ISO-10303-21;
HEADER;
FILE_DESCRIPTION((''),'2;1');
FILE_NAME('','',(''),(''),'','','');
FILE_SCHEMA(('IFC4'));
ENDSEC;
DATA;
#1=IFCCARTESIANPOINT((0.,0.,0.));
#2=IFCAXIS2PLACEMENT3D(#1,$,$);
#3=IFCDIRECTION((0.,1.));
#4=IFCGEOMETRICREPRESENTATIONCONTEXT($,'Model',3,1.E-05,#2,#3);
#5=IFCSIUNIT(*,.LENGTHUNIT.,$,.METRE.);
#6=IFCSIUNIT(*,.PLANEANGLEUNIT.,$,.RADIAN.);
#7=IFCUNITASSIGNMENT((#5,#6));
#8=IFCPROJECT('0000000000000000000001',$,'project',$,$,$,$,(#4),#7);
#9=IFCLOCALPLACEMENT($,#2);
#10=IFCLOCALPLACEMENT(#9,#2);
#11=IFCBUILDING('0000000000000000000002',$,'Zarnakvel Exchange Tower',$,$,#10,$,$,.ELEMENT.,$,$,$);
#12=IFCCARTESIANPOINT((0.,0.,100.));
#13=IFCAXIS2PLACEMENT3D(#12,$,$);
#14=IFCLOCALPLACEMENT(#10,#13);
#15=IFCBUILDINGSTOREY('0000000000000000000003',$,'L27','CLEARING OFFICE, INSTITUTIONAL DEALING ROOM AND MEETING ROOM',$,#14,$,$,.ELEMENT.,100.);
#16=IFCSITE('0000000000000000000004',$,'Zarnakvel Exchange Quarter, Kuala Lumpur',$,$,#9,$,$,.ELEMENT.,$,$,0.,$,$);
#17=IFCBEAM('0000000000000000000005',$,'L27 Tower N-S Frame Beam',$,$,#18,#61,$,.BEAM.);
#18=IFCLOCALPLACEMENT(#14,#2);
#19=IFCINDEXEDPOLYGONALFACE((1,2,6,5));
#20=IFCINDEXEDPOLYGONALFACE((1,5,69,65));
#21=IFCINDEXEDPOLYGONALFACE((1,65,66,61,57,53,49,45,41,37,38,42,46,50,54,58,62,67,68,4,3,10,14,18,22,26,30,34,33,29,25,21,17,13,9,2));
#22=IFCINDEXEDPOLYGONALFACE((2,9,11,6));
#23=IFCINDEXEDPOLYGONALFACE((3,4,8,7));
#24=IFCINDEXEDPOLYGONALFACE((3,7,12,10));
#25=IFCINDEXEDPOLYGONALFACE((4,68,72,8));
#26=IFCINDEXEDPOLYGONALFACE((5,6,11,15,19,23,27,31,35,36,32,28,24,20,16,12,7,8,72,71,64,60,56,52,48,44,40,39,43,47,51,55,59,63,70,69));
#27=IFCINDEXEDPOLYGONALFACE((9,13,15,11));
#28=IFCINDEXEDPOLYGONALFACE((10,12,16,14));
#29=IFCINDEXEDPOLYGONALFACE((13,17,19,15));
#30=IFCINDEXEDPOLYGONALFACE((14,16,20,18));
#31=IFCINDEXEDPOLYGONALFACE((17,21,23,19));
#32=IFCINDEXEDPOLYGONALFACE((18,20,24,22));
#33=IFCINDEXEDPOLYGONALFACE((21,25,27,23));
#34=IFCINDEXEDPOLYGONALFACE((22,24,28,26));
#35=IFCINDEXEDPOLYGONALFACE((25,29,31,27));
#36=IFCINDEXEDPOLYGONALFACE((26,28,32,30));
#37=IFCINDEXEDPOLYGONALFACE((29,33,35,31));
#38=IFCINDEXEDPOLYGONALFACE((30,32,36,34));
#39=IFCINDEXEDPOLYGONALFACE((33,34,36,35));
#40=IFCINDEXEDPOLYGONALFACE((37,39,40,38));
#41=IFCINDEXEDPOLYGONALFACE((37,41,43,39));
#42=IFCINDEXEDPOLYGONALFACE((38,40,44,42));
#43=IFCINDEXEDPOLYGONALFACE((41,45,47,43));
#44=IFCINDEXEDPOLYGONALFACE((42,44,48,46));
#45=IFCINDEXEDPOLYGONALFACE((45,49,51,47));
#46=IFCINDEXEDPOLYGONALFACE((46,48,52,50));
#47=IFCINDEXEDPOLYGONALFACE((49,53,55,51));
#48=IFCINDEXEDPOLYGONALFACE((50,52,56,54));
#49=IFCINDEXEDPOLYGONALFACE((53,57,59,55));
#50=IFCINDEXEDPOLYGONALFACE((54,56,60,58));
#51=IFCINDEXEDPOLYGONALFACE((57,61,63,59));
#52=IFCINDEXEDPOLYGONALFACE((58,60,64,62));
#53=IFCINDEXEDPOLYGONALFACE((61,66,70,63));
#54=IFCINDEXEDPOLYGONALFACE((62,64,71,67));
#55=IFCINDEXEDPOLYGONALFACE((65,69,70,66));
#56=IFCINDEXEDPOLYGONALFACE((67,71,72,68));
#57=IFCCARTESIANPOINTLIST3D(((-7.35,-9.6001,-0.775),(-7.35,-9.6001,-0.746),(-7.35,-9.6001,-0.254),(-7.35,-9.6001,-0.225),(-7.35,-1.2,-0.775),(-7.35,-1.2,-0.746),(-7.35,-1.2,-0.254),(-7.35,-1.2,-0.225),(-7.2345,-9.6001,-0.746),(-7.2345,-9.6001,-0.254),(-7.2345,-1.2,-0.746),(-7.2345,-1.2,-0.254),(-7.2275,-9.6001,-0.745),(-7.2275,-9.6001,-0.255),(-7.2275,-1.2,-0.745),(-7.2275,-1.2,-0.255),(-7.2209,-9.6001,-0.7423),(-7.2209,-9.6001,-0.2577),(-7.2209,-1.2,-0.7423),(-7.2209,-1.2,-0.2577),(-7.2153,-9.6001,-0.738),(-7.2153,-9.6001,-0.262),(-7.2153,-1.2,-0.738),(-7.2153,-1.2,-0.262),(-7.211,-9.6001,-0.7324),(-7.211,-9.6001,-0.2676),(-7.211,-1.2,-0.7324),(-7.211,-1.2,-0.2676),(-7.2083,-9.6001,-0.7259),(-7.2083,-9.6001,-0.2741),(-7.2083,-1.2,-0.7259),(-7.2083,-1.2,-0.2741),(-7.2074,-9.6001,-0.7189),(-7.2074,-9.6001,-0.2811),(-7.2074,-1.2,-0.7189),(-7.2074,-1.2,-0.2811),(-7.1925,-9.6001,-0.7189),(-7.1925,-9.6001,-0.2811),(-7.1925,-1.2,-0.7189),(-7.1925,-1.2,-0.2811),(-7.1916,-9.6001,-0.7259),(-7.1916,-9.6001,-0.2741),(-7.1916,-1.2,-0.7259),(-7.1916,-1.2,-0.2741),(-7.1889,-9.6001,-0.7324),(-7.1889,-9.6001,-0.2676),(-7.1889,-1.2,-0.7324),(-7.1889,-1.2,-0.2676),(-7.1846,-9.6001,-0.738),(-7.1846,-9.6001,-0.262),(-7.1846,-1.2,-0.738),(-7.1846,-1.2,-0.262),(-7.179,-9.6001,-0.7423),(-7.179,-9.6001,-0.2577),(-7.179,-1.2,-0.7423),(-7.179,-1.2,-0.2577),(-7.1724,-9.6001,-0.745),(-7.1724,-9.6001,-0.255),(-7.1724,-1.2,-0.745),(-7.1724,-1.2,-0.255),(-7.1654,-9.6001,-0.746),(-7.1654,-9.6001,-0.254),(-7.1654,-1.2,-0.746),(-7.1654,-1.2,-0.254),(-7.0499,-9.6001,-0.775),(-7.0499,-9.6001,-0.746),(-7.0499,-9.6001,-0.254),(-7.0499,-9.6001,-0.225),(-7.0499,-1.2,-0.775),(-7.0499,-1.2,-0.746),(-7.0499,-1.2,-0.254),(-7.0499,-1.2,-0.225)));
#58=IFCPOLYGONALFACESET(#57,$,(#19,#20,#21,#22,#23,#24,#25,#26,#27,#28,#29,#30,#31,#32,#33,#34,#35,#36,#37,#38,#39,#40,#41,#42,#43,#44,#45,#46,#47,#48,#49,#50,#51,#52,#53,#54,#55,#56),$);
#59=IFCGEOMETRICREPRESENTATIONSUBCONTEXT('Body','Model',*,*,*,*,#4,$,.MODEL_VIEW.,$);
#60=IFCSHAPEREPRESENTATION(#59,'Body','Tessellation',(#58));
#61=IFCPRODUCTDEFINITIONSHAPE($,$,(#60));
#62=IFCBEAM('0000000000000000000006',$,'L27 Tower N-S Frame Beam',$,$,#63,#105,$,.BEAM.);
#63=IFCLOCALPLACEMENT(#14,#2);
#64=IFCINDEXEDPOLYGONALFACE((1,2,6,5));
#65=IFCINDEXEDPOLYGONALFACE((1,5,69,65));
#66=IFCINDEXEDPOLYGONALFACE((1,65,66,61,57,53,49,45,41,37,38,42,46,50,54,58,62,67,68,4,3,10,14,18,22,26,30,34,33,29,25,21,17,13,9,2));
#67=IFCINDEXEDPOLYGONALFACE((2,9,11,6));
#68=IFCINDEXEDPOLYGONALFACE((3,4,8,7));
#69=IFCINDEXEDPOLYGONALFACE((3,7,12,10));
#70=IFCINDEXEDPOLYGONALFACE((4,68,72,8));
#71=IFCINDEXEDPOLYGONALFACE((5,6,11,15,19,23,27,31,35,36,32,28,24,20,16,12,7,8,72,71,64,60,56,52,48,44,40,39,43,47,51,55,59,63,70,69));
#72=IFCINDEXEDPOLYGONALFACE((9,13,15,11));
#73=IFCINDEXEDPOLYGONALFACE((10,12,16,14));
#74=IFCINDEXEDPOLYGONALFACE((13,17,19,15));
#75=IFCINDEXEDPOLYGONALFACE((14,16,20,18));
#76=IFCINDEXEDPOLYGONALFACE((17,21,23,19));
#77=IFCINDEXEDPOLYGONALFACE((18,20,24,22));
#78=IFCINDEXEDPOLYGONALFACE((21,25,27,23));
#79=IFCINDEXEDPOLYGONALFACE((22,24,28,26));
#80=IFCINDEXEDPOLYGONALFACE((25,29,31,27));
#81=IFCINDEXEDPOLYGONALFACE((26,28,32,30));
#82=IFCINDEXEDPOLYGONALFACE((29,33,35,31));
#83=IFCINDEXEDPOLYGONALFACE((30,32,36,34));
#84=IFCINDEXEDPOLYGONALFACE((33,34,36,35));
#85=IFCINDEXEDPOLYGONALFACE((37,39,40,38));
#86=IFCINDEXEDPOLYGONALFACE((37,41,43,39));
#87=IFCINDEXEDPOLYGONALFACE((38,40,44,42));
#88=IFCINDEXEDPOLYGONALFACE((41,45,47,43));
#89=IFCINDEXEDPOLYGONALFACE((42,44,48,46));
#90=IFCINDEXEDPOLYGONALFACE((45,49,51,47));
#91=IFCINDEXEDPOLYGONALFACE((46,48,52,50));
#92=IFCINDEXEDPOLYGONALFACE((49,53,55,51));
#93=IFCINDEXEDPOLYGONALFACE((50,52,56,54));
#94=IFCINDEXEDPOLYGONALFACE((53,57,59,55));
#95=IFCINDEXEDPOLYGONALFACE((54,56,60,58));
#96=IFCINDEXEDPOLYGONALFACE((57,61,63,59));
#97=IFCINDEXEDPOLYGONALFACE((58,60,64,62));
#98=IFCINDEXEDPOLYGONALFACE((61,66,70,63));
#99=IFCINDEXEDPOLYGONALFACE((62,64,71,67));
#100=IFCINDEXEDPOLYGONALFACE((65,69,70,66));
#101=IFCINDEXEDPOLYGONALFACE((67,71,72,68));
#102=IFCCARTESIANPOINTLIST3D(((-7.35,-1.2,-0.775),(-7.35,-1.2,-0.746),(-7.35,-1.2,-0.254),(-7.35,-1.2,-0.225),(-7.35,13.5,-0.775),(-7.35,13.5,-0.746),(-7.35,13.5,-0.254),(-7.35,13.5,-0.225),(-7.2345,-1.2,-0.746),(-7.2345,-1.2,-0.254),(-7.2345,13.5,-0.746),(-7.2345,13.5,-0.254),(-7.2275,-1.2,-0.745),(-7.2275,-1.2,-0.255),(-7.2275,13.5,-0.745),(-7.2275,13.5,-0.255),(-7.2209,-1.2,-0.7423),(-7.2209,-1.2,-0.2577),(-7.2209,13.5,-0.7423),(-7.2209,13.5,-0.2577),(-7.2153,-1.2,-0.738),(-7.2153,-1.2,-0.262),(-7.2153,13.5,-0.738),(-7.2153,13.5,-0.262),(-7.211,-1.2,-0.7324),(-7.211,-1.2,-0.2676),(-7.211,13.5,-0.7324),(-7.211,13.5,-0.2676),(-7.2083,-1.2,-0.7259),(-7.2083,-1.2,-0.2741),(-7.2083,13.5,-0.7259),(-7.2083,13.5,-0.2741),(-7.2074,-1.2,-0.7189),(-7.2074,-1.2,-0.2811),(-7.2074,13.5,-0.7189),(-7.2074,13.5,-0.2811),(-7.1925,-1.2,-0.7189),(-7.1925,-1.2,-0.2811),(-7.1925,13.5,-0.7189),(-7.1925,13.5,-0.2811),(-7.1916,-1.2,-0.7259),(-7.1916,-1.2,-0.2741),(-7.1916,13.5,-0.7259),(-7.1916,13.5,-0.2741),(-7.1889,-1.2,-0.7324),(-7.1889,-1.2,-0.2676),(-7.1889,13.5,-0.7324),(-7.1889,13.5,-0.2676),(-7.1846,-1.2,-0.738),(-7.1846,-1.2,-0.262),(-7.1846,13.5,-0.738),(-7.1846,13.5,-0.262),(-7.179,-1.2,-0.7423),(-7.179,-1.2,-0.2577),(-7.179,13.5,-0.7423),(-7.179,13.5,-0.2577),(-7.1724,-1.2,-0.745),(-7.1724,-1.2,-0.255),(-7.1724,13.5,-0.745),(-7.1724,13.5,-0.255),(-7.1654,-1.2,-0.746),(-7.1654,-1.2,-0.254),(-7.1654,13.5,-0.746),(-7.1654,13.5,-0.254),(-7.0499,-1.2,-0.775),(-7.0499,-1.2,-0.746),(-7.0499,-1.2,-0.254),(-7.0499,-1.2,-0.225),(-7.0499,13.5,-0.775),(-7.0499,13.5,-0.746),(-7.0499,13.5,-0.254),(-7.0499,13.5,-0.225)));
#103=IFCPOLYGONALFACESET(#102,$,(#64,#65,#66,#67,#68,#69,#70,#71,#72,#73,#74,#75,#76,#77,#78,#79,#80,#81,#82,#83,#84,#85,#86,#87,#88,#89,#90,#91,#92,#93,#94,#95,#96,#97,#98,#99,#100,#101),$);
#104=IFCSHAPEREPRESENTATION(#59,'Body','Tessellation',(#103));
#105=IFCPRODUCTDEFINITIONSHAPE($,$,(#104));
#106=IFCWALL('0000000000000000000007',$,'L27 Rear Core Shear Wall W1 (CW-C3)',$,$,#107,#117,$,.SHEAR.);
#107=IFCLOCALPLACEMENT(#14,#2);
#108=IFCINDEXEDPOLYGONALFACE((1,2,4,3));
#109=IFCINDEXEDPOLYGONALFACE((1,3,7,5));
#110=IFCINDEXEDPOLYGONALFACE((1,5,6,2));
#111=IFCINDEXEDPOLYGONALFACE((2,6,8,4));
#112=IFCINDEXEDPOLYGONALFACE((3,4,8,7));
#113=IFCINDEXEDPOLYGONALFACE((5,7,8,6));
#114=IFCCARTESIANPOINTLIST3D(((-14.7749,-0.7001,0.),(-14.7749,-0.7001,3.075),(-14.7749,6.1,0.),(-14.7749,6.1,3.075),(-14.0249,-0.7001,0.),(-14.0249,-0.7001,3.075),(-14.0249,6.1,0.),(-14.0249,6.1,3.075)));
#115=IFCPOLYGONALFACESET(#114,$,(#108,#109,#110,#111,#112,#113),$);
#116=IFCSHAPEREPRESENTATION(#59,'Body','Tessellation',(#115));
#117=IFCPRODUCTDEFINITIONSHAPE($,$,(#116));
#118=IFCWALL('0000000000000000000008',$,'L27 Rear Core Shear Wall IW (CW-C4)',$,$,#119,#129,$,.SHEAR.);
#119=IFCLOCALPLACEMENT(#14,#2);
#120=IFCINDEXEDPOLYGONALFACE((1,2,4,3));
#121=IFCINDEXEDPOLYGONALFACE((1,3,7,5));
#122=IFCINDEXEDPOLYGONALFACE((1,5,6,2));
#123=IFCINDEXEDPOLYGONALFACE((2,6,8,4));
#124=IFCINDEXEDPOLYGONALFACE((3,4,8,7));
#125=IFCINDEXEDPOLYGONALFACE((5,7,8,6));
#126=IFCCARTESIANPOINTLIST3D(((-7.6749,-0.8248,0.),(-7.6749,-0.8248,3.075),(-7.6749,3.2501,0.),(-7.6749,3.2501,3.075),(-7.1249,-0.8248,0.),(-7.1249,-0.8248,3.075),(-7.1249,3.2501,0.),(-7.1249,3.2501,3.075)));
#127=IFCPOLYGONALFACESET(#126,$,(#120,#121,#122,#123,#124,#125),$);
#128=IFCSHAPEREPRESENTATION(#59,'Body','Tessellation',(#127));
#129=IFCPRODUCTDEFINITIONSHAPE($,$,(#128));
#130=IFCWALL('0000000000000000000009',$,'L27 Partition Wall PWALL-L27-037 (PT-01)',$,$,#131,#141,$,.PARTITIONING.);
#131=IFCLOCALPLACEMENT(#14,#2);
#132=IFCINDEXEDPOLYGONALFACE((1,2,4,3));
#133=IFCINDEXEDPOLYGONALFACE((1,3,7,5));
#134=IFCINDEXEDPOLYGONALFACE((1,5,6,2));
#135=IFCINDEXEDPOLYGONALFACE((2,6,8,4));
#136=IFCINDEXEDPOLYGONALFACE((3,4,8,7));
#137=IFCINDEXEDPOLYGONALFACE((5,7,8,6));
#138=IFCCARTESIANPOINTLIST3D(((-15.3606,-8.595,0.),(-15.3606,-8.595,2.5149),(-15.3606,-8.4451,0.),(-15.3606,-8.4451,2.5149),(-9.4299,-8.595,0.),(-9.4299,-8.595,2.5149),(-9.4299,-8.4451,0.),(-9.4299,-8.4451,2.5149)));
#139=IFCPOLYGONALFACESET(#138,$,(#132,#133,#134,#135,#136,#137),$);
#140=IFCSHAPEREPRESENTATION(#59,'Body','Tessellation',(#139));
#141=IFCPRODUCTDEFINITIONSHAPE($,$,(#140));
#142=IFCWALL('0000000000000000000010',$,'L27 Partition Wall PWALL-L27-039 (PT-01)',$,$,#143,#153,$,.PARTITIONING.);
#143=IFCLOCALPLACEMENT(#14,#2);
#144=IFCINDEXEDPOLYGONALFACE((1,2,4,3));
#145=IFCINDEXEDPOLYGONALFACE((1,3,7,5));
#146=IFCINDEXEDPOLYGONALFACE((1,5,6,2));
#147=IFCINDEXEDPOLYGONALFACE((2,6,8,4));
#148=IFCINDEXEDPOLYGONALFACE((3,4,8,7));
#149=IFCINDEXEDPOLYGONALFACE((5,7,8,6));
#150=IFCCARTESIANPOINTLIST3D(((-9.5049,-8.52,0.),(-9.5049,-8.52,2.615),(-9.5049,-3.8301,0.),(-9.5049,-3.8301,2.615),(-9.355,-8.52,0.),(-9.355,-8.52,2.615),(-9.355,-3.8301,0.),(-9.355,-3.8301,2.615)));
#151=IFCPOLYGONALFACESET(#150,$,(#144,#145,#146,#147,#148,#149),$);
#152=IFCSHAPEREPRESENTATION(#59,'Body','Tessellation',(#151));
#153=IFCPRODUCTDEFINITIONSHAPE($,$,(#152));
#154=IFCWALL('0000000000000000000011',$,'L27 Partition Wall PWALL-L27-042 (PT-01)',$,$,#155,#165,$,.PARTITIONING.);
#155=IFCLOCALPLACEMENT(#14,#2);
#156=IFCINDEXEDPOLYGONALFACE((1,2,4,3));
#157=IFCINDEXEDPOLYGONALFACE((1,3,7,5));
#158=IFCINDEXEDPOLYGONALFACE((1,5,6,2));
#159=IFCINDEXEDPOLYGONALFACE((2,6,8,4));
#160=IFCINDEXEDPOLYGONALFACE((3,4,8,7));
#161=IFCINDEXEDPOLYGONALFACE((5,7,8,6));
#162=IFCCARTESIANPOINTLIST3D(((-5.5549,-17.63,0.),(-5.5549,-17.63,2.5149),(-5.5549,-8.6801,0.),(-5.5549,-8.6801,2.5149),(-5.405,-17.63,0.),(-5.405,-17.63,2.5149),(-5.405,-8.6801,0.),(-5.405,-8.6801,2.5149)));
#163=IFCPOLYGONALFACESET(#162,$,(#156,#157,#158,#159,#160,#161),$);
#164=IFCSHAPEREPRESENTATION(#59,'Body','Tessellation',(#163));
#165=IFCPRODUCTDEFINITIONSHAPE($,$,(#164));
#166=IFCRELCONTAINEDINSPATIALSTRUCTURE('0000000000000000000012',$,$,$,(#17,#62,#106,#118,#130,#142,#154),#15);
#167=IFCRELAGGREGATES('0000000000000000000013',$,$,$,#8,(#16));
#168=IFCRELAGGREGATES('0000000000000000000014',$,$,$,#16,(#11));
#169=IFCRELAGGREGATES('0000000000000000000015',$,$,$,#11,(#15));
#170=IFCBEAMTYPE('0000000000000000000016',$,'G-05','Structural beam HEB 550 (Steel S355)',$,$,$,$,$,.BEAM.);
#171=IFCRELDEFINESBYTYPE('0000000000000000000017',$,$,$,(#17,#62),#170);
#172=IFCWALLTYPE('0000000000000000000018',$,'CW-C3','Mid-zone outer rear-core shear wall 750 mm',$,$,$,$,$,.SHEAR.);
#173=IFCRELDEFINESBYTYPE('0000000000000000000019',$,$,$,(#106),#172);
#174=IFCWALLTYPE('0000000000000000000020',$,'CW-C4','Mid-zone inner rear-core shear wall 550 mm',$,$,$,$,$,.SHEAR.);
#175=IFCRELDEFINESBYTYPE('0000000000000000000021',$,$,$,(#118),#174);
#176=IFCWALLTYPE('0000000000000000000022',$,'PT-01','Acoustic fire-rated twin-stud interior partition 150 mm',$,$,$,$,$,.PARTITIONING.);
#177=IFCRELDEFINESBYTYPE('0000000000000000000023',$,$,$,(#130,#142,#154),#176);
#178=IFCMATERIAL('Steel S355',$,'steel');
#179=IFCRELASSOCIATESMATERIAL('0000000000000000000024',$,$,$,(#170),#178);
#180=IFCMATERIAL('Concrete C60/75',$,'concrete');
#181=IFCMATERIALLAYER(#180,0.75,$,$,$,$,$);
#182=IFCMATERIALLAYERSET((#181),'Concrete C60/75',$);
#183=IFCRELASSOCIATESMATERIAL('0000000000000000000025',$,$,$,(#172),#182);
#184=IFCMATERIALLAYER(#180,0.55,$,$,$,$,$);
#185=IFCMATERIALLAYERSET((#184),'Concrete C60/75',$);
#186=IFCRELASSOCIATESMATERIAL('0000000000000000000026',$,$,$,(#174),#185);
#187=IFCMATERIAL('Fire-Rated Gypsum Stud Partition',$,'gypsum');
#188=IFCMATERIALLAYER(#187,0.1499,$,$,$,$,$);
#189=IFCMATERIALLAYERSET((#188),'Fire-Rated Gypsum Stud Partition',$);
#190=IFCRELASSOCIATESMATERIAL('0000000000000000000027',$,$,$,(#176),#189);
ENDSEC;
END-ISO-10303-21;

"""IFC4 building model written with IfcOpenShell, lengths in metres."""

from ifc_helpers import new_model, si_unit, direction, frame, frame_2d, origin, origin_2d, place, context, subcontext, project, spatial, rectangle, i_section, extrude, material, layer, layer_set, material_profile, profile_set, type_object, element, save


model = new_model("IFC4")

# Units and contexts
model_context = context("Model", 3, precision=1e-05, world=origin(), true_north=direction((0.0, 1.0)))
body_context = subcontext(model_context, "Body", "Model", "MODEL_VIEW")
ifc_project = project(units=[si_unit("LENGTHUNIT", "METRE"), si_unit("PLANEANGLEUNIT", "RADIAN")], contexts=[model_context])

# Site, building, storey
site_placement = place(None, origin())
site = spatial("IfcSite", under=ifc_project, at=site_placement, Name="Zarnakvel Exchange Quarter, Kuala Lumpur", CompositionType="ELEMENT", RefElevation=0.0)
building_placement = place(site_placement, origin())
building = spatial("IfcBuilding", under=site, at=building_placement, Name="Zarnakvel Exchange Tower", CompositionType="ELEMENT")
storey_placement = place(building_placement, frame((0.0, 0.0, 100.0)))
storey = spatial("IfcBuildingStorey", under=building, at=storey_placement, Name="L27", Description="CLEARING OFFICE, INSTITUTIONAL DEALING ROOM AND MEETING ROOM", CompositionType="ELEMENT", Elevation=100.0)

# Shared definitions
ifc_material_1 = material(Name="Concrete C60/75", Category="concrete")

# Beams
ifc_material_2 = material(Name="Steel S355", Category="steel")
ifc_material_profile_1 = material_profile(ifc_material_2, i_section(OverallWidth=0.3, OverallDepth=0.55, WebThickness=0.0149, FlangeThickness=0.0291, FilletRadius=0.0271, at=origin_2d()))
ifc_profile_set_1 = profile_set([ifc_material_profile_1], Name="Steel S355")
beam_type_1 = type_object("IfcBeamType", Name="G-05", Description="Structural beam HEB 550 (Steel S355)", PredefinedType="BEAM", material=ifc_profile_set_1)
for number, where, z_axis, x_axis, name in (
    (1, (-7.2, -9.6001, -0.5), (0.0, 1.0, 0.0), (-1.0, 0.0, 0.0), "L27 Tower N-S Frame Beam"),
):
    element("IfcBeam", number, at=place(storey_placement, frame(where, z_axis=z_axis, x_axis=x_axis)), inside=storey, type_object=beam_type_1, Name=name, PredefinedType="BEAM", context=body_context, shape_type="SweptSolid", body=[
        extrude(i_section(OverallWidth=0.3, OverallDepth=0.55, WebThickness=0.0149, FlangeThickness=0.0291, FilletRadius=0.0271, at=origin_2d()), origin(), (0.0, 0.0, 1.0), 8.4001),
    ])
beam_1_placement = place(storey_placement, frame((-7.2, -1.2, -0.5), z_axis=(0.0, 1.0, 0.0), x_axis=(-1.0, 0.0, 0.0)))
element("IfcBeam", 2, at=beam_1_placement, inside=storey, type_object=beam_type_1, Name="L27 Tower N-S Frame Beam", PredefinedType="BEAM", context=body_context, shape_type="SweptSolid", body=[
    extrude(i_section(OverallWidth=0.3, OverallDepth=0.55, WebThickness=0.0149, FlangeThickness=0.0291, FilletRadius=0.0271, at=origin_2d()), origin(), (0.0, 0.0, 1.0), 14.7),
])

# Wall
ifc_layer_1 = layer(ifc_material_1, 0.75)
ifc_layer_set_1 = layer_set([ifc_layer_1], Name="Concrete C60/75")
wall_type_1 = type_object("IfcWallType", Name="CW-C3", Description="Mid-zone outer rear-core shear wall 750 mm", PredefinedType="SHEAR", material=ifc_layer_set_1)
wall_1_placement = place(storey_placement, frame((-14.3999, -0.7, 0.0), z_axis=(0.0, 0.0, 1.0), x_axis=(0.0, 1.0, 0.0)))
element("IfcWall", 3, at=wall_1_placement, inside=storey, type_object=wall_type_1, Name="L27 Rear Core Shear Wall W1 (CW-C3)", PredefinedType="SHEAR", context=body_context, shape_type="SweptSolid", body=[
    extrude(rectangle(XDim=6.8, YDim=0.75, at=frame_2d((3.3999, 0.0))), origin(), (0.0, 0.0, 1.0), 3.075),
])

# Walls
ifc_layer_2 = layer(ifc_material_1, 0.55)
ifc_layer_set_2 = layer_set([ifc_layer_2], Name="Concrete C60/75")
wall_type_2 = type_object("IfcWallType", Name="CW-C4", Description="Mid-zone inner rear-core shear wall 550 mm", PredefinedType="SHEAR", material=ifc_layer_set_2)
wall_2_placement = place(storey_placement, frame((-7.3999, -0.825, 0.0), z_axis=(0.0, 0.0, 1.0), x_axis=(0.0, 1.0, 0.0)))
element("IfcWall", 4, at=wall_2_placement, inside=storey, type_object=wall_type_2, Name="L27 Rear Core Shear Wall IW (CW-C4)", PredefinedType="SHEAR", context=body_context, shape_type="SweptSolid", body=[
    extrude(rectangle(XDim=4.075, YDim=0.55, at=frame_2d((2.0376, 0.0))), origin(), (0.0, 0.0, 1.0), 3.075),
])
ifc_material_3 = material(Name="Fire-Rated Gypsum Stud Partition", Category="gypsum")
ifc_layer_3 = layer(ifc_material_3, 0.1499)
ifc_layer_set_3 = layer_set([ifc_layer_3], Name="Fire-Rated Gypsum Stud Partition")
wall_type_3 = type_object("IfcWallType", Name="PT-01", Description="Acoustic fire-rated twin-stud interior partition 150 mm", PredefinedType="PARTITIONING", material=ifc_layer_set_3)
wall_3_placement = place(storey_placement, frame((-9.4299, -8.52, 0.0), z_axis=(0.0, 0.0, 1.0), x_axis=(-1.0, 0.0, 0.0)))
element("IfcWall", 5, at=wall_3_placement, inside=storey, type_object=wall_type_3, Name="L27 Partition Wall PWALL-L27-037 (PT-01)", PredefinedType="PARTITIONING", context=body_context, shape_type="SweptSolid", body=[
    extrude(rectangle(XDim=5.9307, YDim=0.1499, at=frame_2d((2.9653, 0.0))), origin(), (0.0, 0.0, 1.0), 2.5149),
])

# Walls
wall_4_placement = place(storey_placement, frame((-9.4299, -3.8301, 0.0), z_axis=(0.0, 0.0, 1.0), x_axis=(0.0, -1.0, 0.0)))
element("IfcWall", 6, at=wall_4_placement, inside=storey, type_object=wall_type_3, Name="L27 Partition Wall PWALL-L27-039 (PT-01)", PredefinedType="PARTITIONING", context=body_context, shape_type="SweptSolid", body=[
    extrude(rectangle(XDim=4.6899, YDim=0.1499, at=frame_2d((2.345, 0.0))), origin(), (0.0, 0.0, 1.0), 2.615),
])
wall_5_placement = place(storey_placement, frame((-5.48, -8.6799, 0.0), z_axis=(0.0, 0.0, 1.0), x_axis=(0.0, -1.0, 0.0)))
element("IfcWall", 7, at=wall_5_placement, inside=storey, type_object=wall_type_3, Name="L27 Partition Wall PWALL-L27-042 (PT-01)", PredefinedType="PARTITIONING", context=body_context, shape_type="SweptSolid", body=[
    extrude(rectangle(XDim=8.95, YDim=0.1499, at=frame_2d((4.4751, 0.0))), origin(), (0.0, 0.0, 1.0), 2.5149),
])

save(model, "model.ifc")
